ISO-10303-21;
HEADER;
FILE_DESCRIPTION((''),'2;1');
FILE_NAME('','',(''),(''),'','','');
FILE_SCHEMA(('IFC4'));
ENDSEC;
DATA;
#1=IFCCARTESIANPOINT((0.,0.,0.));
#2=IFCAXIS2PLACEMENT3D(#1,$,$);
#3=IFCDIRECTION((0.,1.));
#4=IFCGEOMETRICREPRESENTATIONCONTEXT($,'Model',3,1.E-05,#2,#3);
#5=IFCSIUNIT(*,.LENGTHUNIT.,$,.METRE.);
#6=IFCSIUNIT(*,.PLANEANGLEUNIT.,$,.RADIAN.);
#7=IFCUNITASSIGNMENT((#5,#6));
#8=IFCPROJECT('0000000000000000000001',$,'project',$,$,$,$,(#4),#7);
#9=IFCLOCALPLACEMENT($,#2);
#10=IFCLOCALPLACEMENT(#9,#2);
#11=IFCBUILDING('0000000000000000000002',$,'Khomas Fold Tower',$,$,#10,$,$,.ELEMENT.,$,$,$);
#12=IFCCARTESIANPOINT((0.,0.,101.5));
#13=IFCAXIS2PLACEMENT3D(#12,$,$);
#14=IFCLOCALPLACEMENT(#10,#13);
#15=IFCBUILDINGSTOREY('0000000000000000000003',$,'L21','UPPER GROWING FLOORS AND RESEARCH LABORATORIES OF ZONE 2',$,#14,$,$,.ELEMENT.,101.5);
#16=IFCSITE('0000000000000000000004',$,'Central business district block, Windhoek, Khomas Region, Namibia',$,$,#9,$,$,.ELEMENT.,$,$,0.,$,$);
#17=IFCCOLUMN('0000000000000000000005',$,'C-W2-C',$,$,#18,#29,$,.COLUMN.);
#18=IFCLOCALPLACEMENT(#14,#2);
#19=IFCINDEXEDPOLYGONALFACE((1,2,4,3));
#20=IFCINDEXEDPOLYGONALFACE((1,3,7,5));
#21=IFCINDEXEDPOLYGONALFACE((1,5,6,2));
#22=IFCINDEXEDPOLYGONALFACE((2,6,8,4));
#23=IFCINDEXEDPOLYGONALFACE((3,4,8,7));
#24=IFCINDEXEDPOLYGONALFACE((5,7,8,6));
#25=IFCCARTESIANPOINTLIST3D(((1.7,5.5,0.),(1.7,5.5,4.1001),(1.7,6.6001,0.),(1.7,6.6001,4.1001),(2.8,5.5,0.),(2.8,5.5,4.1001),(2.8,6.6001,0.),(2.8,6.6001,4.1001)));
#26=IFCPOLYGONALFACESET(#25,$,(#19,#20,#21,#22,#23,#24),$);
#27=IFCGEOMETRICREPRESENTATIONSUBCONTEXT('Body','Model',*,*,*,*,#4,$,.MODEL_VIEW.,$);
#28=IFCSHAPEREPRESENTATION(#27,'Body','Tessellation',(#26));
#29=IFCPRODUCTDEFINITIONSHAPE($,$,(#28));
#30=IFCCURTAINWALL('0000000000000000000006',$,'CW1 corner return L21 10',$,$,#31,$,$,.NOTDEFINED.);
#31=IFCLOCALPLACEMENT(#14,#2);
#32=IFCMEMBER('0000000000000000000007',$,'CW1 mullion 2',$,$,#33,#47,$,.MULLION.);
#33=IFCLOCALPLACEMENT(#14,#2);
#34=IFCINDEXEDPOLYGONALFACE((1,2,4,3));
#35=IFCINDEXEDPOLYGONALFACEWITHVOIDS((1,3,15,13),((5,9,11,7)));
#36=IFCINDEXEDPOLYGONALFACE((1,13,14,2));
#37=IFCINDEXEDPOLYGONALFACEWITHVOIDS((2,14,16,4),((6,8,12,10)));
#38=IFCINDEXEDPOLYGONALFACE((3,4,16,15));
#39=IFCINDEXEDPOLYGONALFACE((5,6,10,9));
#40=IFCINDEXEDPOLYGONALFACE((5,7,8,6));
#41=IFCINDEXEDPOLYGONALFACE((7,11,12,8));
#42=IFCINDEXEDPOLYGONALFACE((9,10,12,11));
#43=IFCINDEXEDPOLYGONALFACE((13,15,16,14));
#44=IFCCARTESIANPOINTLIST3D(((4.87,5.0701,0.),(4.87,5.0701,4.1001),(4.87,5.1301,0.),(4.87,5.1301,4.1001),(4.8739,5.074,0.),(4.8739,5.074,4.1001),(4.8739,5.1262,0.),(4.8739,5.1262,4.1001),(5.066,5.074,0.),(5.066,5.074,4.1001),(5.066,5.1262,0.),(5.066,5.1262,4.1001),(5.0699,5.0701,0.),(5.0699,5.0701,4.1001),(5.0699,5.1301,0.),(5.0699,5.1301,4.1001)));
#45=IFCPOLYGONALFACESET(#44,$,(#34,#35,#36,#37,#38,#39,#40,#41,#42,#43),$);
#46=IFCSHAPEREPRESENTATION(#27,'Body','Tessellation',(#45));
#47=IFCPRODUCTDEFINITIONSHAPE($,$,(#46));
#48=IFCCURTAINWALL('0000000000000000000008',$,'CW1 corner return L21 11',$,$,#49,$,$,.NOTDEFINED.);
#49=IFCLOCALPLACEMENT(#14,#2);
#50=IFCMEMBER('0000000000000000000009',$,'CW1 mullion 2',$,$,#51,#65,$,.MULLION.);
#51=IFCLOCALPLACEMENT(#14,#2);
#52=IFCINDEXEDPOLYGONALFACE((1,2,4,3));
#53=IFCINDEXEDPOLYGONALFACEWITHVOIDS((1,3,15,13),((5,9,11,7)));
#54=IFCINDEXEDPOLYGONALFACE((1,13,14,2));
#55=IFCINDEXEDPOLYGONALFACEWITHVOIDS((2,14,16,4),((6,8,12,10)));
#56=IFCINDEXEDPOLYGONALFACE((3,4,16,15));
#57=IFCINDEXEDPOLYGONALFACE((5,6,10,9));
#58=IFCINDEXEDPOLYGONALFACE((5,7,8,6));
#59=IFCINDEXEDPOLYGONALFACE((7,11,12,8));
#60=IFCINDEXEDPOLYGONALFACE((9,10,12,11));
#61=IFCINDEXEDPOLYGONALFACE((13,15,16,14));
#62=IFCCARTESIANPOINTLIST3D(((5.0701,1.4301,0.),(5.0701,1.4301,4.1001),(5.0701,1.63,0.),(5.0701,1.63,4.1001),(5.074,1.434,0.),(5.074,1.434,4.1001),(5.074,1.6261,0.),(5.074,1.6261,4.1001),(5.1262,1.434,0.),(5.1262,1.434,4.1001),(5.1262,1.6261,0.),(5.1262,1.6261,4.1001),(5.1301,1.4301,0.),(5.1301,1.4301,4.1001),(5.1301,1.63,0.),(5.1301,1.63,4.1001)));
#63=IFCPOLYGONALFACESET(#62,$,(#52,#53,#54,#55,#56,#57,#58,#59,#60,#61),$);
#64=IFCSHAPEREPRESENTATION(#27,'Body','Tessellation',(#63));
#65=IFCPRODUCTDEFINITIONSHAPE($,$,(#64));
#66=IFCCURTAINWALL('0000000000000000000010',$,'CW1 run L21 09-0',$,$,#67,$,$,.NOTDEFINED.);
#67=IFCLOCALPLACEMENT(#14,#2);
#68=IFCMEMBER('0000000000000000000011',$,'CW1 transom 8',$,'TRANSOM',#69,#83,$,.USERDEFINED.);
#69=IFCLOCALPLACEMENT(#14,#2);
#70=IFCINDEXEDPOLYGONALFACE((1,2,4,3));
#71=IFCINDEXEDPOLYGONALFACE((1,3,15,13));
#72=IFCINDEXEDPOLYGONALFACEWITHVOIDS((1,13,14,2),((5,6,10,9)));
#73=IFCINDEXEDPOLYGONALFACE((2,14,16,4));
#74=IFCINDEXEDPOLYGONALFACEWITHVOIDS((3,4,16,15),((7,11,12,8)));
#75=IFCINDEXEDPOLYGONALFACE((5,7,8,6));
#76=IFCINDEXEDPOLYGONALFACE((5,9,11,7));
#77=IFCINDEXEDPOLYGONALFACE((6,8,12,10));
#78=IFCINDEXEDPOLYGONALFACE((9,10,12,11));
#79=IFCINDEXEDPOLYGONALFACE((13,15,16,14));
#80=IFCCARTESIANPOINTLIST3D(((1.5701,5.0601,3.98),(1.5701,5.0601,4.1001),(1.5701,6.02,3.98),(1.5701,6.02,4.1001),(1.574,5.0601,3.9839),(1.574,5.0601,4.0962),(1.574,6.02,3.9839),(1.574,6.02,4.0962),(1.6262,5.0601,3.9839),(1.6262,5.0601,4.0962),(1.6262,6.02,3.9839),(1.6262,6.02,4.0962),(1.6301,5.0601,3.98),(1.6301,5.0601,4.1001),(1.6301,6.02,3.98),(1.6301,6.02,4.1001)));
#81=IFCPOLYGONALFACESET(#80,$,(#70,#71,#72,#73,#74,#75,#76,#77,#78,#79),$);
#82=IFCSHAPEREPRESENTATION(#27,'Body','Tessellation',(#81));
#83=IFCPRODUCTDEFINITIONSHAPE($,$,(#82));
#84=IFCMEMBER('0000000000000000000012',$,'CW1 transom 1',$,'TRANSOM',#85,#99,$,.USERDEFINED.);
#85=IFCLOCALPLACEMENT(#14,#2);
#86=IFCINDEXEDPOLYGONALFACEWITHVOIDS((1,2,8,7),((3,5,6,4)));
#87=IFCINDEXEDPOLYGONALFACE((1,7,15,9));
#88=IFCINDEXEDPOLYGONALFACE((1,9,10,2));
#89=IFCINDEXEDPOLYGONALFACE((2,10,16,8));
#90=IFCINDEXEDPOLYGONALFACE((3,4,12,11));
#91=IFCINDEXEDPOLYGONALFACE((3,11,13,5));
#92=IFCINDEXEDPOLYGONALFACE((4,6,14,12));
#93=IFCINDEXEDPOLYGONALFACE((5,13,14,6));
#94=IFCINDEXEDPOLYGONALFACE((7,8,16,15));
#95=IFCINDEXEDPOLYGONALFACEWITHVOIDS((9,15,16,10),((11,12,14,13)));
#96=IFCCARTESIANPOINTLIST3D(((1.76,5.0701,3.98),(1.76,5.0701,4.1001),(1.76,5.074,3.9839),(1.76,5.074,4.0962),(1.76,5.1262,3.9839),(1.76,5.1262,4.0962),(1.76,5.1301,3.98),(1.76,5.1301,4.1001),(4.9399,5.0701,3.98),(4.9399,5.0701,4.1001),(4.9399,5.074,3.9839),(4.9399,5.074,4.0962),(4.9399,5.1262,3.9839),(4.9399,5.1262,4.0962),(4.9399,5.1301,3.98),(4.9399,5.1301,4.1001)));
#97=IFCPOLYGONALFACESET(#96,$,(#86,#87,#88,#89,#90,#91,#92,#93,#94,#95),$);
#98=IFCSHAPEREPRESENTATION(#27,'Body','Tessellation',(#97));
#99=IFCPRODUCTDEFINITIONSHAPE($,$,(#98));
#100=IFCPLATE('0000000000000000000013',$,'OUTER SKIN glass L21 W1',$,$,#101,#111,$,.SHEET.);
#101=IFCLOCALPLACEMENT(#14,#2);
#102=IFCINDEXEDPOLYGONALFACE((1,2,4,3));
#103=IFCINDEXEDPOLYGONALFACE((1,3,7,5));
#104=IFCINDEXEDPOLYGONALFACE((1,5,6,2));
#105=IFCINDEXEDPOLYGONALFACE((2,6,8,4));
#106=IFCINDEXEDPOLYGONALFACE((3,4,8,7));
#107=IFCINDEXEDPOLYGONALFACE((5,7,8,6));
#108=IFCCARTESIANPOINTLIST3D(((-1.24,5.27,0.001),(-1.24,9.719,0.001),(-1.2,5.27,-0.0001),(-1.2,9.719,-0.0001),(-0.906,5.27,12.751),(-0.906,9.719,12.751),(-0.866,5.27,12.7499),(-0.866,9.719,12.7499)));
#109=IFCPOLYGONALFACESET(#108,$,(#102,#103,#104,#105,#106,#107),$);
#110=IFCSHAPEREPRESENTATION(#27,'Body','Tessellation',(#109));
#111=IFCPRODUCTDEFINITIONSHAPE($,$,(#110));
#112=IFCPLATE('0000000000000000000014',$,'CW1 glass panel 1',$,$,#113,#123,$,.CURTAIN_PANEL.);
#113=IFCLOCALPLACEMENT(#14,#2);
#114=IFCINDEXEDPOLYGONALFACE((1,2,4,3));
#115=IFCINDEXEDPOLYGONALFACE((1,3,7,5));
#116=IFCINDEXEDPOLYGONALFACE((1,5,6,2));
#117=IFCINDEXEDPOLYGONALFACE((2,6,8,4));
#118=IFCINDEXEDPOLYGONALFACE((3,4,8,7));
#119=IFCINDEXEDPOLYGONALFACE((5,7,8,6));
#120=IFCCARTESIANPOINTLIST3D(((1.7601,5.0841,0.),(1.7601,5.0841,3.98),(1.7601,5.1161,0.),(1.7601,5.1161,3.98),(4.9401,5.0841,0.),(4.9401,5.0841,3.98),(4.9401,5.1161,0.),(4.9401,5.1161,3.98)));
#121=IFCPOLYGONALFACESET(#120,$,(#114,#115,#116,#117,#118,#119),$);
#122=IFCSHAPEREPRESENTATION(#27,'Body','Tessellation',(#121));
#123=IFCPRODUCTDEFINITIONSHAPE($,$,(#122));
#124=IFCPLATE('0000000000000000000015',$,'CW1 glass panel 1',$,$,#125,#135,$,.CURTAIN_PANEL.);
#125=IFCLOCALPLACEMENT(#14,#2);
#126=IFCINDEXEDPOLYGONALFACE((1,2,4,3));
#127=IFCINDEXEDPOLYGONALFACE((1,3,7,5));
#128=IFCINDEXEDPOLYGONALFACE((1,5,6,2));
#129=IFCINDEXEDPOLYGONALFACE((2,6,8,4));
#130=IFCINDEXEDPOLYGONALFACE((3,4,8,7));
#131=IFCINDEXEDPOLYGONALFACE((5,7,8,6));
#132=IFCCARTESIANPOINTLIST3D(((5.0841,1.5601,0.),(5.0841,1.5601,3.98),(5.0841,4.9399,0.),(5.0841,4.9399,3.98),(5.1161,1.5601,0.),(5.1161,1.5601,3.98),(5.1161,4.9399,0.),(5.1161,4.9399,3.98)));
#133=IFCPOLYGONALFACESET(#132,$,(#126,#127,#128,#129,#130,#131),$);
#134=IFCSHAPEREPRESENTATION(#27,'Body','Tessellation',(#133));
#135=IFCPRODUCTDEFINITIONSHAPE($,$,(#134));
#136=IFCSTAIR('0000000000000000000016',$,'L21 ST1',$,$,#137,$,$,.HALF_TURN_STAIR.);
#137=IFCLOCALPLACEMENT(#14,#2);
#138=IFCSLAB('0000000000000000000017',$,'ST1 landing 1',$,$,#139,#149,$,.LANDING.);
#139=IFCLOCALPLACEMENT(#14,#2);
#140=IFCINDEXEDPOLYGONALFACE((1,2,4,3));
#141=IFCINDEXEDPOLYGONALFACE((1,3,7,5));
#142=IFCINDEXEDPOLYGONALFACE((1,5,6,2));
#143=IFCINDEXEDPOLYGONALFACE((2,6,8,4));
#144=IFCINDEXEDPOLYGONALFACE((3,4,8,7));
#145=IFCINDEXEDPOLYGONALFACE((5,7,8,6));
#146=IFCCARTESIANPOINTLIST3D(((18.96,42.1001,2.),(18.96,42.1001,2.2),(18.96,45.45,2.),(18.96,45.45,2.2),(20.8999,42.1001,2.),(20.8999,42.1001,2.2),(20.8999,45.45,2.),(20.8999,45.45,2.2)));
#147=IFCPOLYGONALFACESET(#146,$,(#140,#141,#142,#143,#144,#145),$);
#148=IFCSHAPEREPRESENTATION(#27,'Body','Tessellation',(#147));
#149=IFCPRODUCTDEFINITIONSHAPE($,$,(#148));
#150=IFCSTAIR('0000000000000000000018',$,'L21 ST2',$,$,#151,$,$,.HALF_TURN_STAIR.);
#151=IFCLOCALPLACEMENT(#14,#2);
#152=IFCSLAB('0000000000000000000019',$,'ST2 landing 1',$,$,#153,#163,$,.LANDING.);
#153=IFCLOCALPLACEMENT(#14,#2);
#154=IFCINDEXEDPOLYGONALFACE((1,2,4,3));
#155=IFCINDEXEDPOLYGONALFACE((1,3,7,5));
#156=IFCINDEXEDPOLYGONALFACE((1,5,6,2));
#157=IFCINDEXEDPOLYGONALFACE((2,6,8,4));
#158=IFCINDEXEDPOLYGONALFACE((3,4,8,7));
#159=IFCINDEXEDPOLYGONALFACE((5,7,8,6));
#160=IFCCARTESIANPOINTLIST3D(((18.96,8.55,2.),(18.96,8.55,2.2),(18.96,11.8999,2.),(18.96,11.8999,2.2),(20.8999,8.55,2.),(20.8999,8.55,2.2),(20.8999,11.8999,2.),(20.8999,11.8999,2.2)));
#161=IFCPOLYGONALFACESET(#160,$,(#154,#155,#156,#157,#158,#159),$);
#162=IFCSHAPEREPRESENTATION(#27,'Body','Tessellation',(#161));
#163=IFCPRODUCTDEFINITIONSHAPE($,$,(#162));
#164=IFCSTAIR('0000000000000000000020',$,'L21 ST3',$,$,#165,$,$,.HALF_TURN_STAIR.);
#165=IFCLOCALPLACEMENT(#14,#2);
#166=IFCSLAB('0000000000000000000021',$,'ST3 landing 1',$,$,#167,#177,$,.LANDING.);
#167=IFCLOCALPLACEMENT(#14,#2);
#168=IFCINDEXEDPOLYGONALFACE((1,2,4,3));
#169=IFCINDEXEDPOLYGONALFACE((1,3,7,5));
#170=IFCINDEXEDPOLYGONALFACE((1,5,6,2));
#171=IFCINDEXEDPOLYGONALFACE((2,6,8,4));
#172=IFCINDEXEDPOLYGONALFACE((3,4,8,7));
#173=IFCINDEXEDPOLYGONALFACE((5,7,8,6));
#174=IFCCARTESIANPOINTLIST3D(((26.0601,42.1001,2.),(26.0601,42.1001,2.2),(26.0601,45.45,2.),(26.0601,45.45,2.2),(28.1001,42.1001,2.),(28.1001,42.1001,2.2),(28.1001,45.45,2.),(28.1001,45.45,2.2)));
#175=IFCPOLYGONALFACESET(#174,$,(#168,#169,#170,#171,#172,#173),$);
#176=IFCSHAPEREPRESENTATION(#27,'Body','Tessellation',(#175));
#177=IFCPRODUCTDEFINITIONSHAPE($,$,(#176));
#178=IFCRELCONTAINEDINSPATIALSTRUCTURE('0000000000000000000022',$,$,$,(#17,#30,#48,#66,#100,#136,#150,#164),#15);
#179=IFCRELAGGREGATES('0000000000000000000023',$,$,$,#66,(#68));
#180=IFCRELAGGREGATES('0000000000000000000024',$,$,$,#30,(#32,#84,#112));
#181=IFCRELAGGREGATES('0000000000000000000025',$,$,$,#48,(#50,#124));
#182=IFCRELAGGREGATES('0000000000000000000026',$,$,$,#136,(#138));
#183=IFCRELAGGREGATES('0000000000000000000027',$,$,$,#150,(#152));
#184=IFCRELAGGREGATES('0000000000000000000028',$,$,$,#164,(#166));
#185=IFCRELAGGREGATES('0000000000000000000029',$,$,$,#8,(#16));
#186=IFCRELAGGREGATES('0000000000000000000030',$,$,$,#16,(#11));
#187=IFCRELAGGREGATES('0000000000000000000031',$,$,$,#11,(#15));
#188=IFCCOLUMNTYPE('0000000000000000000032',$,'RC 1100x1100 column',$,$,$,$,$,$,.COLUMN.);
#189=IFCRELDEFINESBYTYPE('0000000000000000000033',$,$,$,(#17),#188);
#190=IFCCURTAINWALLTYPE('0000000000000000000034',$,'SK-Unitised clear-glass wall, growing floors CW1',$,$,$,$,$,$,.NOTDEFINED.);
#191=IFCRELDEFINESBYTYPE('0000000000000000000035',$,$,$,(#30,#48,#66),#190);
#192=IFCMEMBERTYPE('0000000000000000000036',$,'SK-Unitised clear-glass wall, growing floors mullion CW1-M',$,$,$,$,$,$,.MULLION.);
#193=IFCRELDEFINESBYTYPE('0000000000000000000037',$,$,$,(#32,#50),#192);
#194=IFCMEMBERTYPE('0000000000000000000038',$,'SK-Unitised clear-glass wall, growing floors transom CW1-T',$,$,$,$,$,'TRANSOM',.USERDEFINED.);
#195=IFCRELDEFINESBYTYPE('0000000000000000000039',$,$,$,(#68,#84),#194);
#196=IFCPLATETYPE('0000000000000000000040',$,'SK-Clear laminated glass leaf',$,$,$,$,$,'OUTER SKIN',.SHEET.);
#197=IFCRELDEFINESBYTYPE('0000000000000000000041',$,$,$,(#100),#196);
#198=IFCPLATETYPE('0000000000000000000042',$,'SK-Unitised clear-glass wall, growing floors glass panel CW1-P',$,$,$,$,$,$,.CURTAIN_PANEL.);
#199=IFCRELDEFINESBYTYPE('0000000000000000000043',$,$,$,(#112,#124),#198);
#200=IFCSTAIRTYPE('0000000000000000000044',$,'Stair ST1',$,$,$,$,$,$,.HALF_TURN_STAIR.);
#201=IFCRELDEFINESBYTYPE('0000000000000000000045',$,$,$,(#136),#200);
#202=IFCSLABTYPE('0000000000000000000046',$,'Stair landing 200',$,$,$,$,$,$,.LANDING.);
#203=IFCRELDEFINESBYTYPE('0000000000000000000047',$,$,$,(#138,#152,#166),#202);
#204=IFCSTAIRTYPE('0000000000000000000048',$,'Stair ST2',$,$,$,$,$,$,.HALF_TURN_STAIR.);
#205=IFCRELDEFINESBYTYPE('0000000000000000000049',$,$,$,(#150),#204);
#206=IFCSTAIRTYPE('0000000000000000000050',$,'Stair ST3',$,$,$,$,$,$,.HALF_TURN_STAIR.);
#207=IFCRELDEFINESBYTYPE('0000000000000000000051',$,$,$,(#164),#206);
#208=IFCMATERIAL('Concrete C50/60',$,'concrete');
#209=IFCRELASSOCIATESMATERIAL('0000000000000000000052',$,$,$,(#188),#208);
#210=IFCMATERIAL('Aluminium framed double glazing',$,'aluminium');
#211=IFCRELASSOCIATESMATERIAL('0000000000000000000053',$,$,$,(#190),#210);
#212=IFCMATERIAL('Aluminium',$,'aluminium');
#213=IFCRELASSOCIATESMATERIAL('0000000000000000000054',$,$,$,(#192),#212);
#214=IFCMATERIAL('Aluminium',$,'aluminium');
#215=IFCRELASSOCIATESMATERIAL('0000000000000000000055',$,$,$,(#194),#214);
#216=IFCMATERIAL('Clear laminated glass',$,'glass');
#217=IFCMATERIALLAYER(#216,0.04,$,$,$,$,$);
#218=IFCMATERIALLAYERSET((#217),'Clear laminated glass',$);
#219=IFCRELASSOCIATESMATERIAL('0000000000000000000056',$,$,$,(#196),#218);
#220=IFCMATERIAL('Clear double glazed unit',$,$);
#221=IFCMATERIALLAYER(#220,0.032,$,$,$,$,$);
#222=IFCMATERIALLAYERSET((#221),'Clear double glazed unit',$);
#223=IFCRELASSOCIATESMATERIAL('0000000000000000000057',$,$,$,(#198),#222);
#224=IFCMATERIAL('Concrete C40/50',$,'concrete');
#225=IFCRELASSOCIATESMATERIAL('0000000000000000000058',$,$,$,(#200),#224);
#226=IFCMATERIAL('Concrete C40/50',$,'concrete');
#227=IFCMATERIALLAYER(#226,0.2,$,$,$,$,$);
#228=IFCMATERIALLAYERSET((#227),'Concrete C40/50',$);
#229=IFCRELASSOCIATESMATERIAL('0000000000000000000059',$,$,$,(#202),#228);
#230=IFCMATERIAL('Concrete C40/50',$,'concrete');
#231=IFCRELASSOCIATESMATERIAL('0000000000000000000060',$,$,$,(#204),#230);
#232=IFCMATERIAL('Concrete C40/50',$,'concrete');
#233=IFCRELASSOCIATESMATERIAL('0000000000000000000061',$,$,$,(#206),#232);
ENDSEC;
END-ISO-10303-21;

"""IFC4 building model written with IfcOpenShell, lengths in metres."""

from ifc_helpers import new_model, si_unit, direction, frame, origin, origin_2d, place, context, subcontext, project, spatial, polyline, rectangle, hollow_rectangle, outline, extrude, source, transform, mapped, material, layer, layer_set, material_profile, profile_set, type_object, element, aggregate, save


model = new_model("IFC4")

# Units and contexts
model_context = context("Model", 3, precision=1e-05, world=origin(), true_north=direction((0.0, 1.0)))
body_context = subcontext(model_context, "Body", "Model", "MODEL_VIEW")
ifc_project = project(units=[si_unit("LENGTHUNIT", "METRE"), si_unit("PLANEANGLEUNIT", "RADIAN")], contexts=[model_context])

# Site, building, storey
site_placement = place(None, origin())
site = spatial("IfcSite", under=ifc_project, at=site_placement, Name="Central business district block, Windhoek, Khomas Region, Namibia", CompositionType="ELEMENT", RefElevation=0.0)
building_placement = place(site_placement, origin())
building = spatial("IfcBuilding", under=site, at=building_placement, Name="Khomas Fold Tower", CompositionType="ELEMENT")
storey_placement = place(building_placement, frame((0.0, 0.0, 101.5)))
storey = spatial("IfcBuildingStorey", under=building, at=storey_placement, Name="L21", Description="UPPER GROWING FLOORS AND RESEARCH LABORATORIES OF ZONE 2", CompositionType="ELEMENT", Elevation=101.5)

# Column
ifc_material_1 = material(Name="Concrete C50/60", Category="concrete")
ifc_material_profile_1 = material_profile(ifc_material_1, rectangle(XDim=1.1001, YDim=1.1001, at=origin_2d()), Name="RC 1100x1100")
ifc_profile_set_1 = profile_set([ifc_material_profile_1], Name="Concrete C50/60")
column_type = type_object("IfcColumnType", Name="RC 1100x1100 column", PredefinedType="COLUMN", material=ifc_profile_set_1)
shared_shape_1 = source(origin(), body_context, "Body", "SweptSolid", [
    extrude(rectangle(XDim=1.1001, YDim=1.1001, at=origin_2d()), origin(), (0.0, 0.0, 1.0), 4.1001),
])
column_placement = place(storey_placement, frame((2.25, 6.05, 0.0), z_axis=(0.0, 0.0, 1.0), x_axis=(1.0, 0.0, 0.0)))
element("IfcColumn", 1, at=column_placement, inside=storey, type_object=column_type, Name="C-W2-C", PredefinedType="COLUMN", context=body_context, shape_type="MappedRepresentation", body=[
    mapped(shared_shape_1, transform((0.0, 0.0, 0.0))),
])

# Curtain walls, members
ifc_material_2 = material(Name="Aluminium framed double glazing", Category="aluminium")
curtain_wall_type = type_object("IfcCurtainWallType", Name="SK-Unitised clear-glass wall, growing floors CW1", PredefinedType="NOTDEFINED", material=ifc_material_2)
curtain_wall_1_placement = place(storey_placement, origin())
curtain_wall_1 = element("IfcCurtainWall", 2, at=curtain_wall_1_placement, inside=storey, type_object=curtain_wall_type, Name="CW1 corner return L21 10", PredefinedType="NOTDEFINED")
ifc_material_3 = material(Name="Aluminium", Category="aluminium")
ifc_material_profile_2 = material_profile(ifc_material_3, hollow_rectangle(XDim=0.0601, YDim=0.2, WallThickness=0.0039, at=origin_2d()), Name="SK-Unitised clear-glass wall, growing floors mullion CW1-M")
ifc_profile_set_2 = profile_set([ifc_material_profile_2], Name="Aluminium")
member_type_1 = type_object("IfcMemberType", Name="SK-Unitised clear-glass wall, growing floors mullion CW1-M", PredefinedType="MULLION", material=ifc_profile_set_2)
shared_shape_2 = source(origin(), body_context, "Body", "SweptSolid", [
    extrude(hollow_rectangle(XDim=0.0601, YDim=0.2, WallThickness=0.0039, at=origin_2d()), origin(), (0.0, 0.0, 1.0), 4.1001),
])
member_1_placement = place(storey_placement, frame((4.97, 5.1001, 0.0), z_axis=(0.0, 0.0, 1.0), x_axis=(0.0, 1.0, 0.0)))
member_1 = element("IfcMember", 3, at=member_1_placement, type_object=member_type_1, Name="CW1 mullion 2", PredefinedType="MULLION", context=body_context, shape_type="MappedRepresentation", body=[
    mapped(shared_shape_2, transform((0.0, 0.0, 0.0))),
])
curtain_wall_2_placement = place(storey_placement, origin())
curtain_wall_2 = element("IfcCurtainWall", 4, at=curtain_wall_2_placement, inside=storey, type_object=curtain_wall_type, Name="CW1 corner return L21 11", PredefinedType="NOTDEFINED")
member_2_placement = place(storey_placement, frame((5.1001, 1.53, 0.0), z_axis=(0.0, 0.0, 1.0), x_axis=(1.0, 0.0, 0.0)))
member_2 = element("IfcMember", 5, at=member_2_placement, type_object=member_type_1, Name="CW1 mullion 2", PredefinedType="MULLION", context=body_context, shape_type="MappedRepresentation", body=[
    mapped(shared_shape_2, transform((0.0, 0.0, 0.0))),
])
curtain_wall_3_placement = place(storey_placement, origin())
curtain_wall_3 = element("IfcCurtainWall", 6, at=curtain_wall_3_placement, inside=storey, type_object=curtain_wall_type, Name="CW1 run L21 09-0", PredefinedType="NOTDEFINED")
ifc_material_4 = material(Name="Aluminium", Category="aluminium")
ifc_material_profile_3 = material_profile(ifc_material_4, hollow_rectangle(XDim=0.0601, YDim=0.1201, WallThickness=0.0039, at=origin_2d()), Name="SK-Unitised clear-glass wall, growing floors transom CW1-T")
ifc_profile_set_3 = profile_set([ifc_material_profile_3], Name="Aluminium")
member_type_2 = type_object("IfcMemberType", Name="SK-Unitised clear-glass wall, growing floors transom CW1-T", ElementType="TRANSOM", PredefinedType="USERDEFINED", material=ifc_profile_set_3)
shared_shape_3 = source(origin(), body_context, "Body", "SweptSolid", [
    extrude(hollow_rectangle(XDim=0.0601, YDim=0.1201, WallThickness=0.0039, at=origin_2d()), origin(), (0.0, 0.0, 1.0), 0.96),
])
member_3_placement = place(storey_placement, frame((1.6001, 6.02, 4.04), z_axis=(0.0, -1.0, 0.0), x_axis=(1.0, 0.0, 0.0)))
member_3 = element("IfcMember", 7, at=member_3_placement, type_object=member_type_2, Name="CW1 transom 8", ObjectType="TRANSOM", PredefinedType="USERDEFINED", context=body_context, shape_type="MappedRepresentation", body=[
    mapped(shared_shape_3, transform((0.0, 0.0, 0.0))),
])
aggregate(curtain_wall_3, [member_3])

# Member
shared_shape_4 = source(origin(), body_context, "Body", "SweptSolid", [
    extrude(hollow_rectangle(XDim=0.0601, YDim=0.1201, WallThickness=0.0039, at=origin_2d()), origin(), (0.0, 0.0, 1.0), 3.1799),
])
member_4_placement = place(storey_placement, frame((1.76, 5.1001, 4.04), z_axis=(1.0, 0.0, 0.0), x_axis=(0.0, 1.0, 0.0)))
member_4 = element("IfcMember", 8, at=member_4_placement, type_object=member_type_2, Name="CW1 transom 1", ObjectType="TRANSOM", PredefinedType="USERDEFINED", context=body_context, shape_type="MappedRepresentation", body=[
    mapped(shared_shape_4, transform((0.0, 0.0, 0.0))),
])

# Plates
ifc_material_5 = material(Name="Clear laminated glass", Category="glass")
ifc_layer_1 = layer(ifc_material_5, 0.04)
ifc_layer_set_1 = layer_set([ifc_layer_1], Name="Clear laminated glass")
plate_type_1 = type_object("IfcPlateType", Name="SK-Clear laminated glass leaf", ElementType="OUTER SKIN", PredefinedType="SHEET", material=ifc_layer_set_1)
plate_1_placement = place(storey_placement, frame((-1.24, 5.27, 0.001), z_axis=(-0.999657, 0.0, 0.026186), x_axis=(0.0, 1.0, 0.0)))
element("IfcPlate", 9, at=plate_1_placement, inside=storey, type_object=plate_type_1, Name="OUTER SKIN glass L21 W1", PredefinedType="SHEET", context=body_context, shape_type="SweptSolid", body=[
    extrude(outline(polyline([(0.0, 0.0), (4.449, 0.0), (4.449, -12.7544), (0.0, -12.7544), (0.0, 0.0)])), origin(), (0.0, 0.0, -1.0), 0.04),
])
ifc_material_6 = material(Name="Clear double glazed unit")
ifc_layer_2 = layer(ifc_material_6, 0.032)
ifc_layer_set_2 = layer_set([ifc_layer_2], Name="Clear double glazed unit")
plate_type_2 = type_object("IfcPlateType", Name="SK-Unitised clear-glass wall, growing floors glass panel CW1-P", PredefinedType="CURTAIN_PANEL", material=ifc_layer_set_2)
shared_shape_5 = source(origin(), body_context, "Body", "SweptSolid", [
    extrude(rectangle(XDim=3.1799, YDim=0.032, at=origin_2d()), origin(), (0.0, 0.0, 1.0), 3.98),
])
plate_2_placement = place(storey_placement, frame((3.3501, 5.1001, 0.0), z_axis=(0.0, 0.0, 1.0), x_axis=(1.0, 0.0, 0.0)))
plate_2 = element("IfcPlate", 10, at=plate_2_placement, type_object=plate_type_2, Name="CW1 glass panel 1", PredefinedType="CURTAIN_PANEL", context=body_context, shape_type="MappedRepresentation", body=[
    mapped(shared_shape_5, transform((0.0, 0.0, 0.0))),
])
aggregate(curtain_wall_1, [member_1, member_4, plate_2])
shared_shape_6 = source(origin(), body_context, "Body", "SweptSolid", [
    extrude(rectangle(XDim=3.3799, YDim=0.032, at=origin_2d()), origin(), (0.0, 0.0, 1.0), 3.98),
])
plate_3_placement = place(storey_placement, frame((5.1001, 3.25, 0.0), z_axis=(0.0, 0.0, 1.0), x_axis=(0.0, -1.0, 0.0)))
plate_3 = element("IfcPlate", 11, at=plate_3_placement, type_object=plate_type_2, Name="CW1 glass panel 1", PredefinedType="CURTAIN_PANEL", context=body_context, shape_type="MappedRepresentation", body=[
    mapped(shared_shape_6, transform((0.0, 0.0, 0.0))),
])
aggregate(curtain_wall_2, [member_2, plate_3])

# Stairs, slabs
ifc_material_7 = material(Name="Concrete C40/50", Category="concrete")
stair_type_1 = type_object("IfcStairType", Name="Stair ST1", PredefinedType="HALF_TURN_STAIR", material=ifc_material_7)
stair_1_placement = place(storey_placement, origin())
stair_1 = element("IfcStair", 12, at=stair_1_placement, inside=storey, type_object=stair_type_1, Name="L21 ST1", PredefinedType="HALF_TURN_STAIR")
ifc_material_8 = material(Name="Concrete C40/50", Category="concrete")
ifc_layer_3 = layer(ifc_material_8, 0.2)
ifc_layer_set_3 = layer_set([ifc_layer_3], Name="Concrete C40/50")
slab_type = type_object("IfcSlabType", Name="Stair landing 200", PredefinedType="LANDING", material=ifc_layer_set_3)
shared_shape_7 = source(origin(), body_context, "Body", "SweptSolid", [
    extrude(outline(polyline([(18.96, 42.1001), (20.8999, 42.1001), (20.8999, 45.45), (18.96, 45.45), (18.96, 42.1001)])), origin(), (0.0, 0.0, 1.0), 0.2),
])
slab_1_placement = place(storey_placement, frame((0.0, 0.0, 2.0)))
slab_1 = element("IfcSlab", 13, at=slab_1_placement, type_object=slab_type, Name="ST1 landing 1", PredefinedType="LANDING", context=body_context, shape_type="MappedRepresentation", body=[
    mapped(shared_shape_7, transform((0.0, 0.0, 0.0))),
])
aggregate(stair_1, [slab_1])
ifc_material_9 = material(Name="Concrete C40/50", Category="concrete")
stair_type_2 = type_object("IfcStairType", Name="Stair ST2", PredefinedType="HALF_TURN_STAIR", material=ifc_material_9)
stair_2_placement = place(storey_placement, origin())
stair_2 = element("IfcStair", 14, at=stair_2_placement, inside=storey, type_object=stair_type_2, Name="L21 ST2", PredefinedType="HALF_TURN_STAIR")
shared_shape_8 = source(origin(), body_context, "Body", "SweptSolid", [
    extrude(outline(polyline([(18.96, 8.55), (20.8999, 8.55), (20.8999, 11.8999), (18.96, 11.8999), (18.96, 8.55)])), origin(), (0.0, 0.0, 1.0), 0.2),
])
slab_2_placement = place(storey_placement, frame((0.0, 0.0, 2.0)))
slab_2 = element("IfcSlab", 15, at=slab_2_placement, type_object=slab_type, Name="ST2 landing 1", PredefinedType="LANDING", context=body_context, shape_type="MappedRepresentation", body=[
    mapped(shared_shape_8, transform((0.0, 0.0, 0.0))),
])
aggregate(stair_2, [slab_2])
ifc_material_10 = material(Name="Concrete C40/50", Category="concrete")
stair_type_3 = type_object("IfcStairType", Name="Stair ST3", PredefinedType="HALF_TURN_STAIR", material=ifc_material_10)
stair_3_placement = place(storey_placement, origin())
stair_3 = element("IfcStair", 16, at=stair_3_placement, inside=storey, type_object=stair_type_3, Name="L21 ST3", PredefinedType="HALF_TURN_STAIR")
shared_shape_9 = source(origin(), body_context, "Body", "SweptSolid", [
    extrude(outline(polyline([(26.0601, 42.1001), (28.1001, 42.1001), (28.1001, 45.45), (26.0601, 45.45), (26.0601, 42.1001)])), origin(), (0.0, 0.0, 1.0), 0.2),
])
slab_3_placement = place(storey_placement, frame((0.0, 0.0, 2.0)))
slab_3 = element("IfcSlab", 17, at=slab_3_placement, type_object=slab_type, Name="ST3 landing 1", PredefinedType="LANDING", context=body_context, shape_type="MappedRepresentation", body=[
    mapped(shared_shape_9, transform((0.0, 0.0, 0.0))),
])
aggregate(stair_3, [slab_3])

save(model, "model.ifc")
